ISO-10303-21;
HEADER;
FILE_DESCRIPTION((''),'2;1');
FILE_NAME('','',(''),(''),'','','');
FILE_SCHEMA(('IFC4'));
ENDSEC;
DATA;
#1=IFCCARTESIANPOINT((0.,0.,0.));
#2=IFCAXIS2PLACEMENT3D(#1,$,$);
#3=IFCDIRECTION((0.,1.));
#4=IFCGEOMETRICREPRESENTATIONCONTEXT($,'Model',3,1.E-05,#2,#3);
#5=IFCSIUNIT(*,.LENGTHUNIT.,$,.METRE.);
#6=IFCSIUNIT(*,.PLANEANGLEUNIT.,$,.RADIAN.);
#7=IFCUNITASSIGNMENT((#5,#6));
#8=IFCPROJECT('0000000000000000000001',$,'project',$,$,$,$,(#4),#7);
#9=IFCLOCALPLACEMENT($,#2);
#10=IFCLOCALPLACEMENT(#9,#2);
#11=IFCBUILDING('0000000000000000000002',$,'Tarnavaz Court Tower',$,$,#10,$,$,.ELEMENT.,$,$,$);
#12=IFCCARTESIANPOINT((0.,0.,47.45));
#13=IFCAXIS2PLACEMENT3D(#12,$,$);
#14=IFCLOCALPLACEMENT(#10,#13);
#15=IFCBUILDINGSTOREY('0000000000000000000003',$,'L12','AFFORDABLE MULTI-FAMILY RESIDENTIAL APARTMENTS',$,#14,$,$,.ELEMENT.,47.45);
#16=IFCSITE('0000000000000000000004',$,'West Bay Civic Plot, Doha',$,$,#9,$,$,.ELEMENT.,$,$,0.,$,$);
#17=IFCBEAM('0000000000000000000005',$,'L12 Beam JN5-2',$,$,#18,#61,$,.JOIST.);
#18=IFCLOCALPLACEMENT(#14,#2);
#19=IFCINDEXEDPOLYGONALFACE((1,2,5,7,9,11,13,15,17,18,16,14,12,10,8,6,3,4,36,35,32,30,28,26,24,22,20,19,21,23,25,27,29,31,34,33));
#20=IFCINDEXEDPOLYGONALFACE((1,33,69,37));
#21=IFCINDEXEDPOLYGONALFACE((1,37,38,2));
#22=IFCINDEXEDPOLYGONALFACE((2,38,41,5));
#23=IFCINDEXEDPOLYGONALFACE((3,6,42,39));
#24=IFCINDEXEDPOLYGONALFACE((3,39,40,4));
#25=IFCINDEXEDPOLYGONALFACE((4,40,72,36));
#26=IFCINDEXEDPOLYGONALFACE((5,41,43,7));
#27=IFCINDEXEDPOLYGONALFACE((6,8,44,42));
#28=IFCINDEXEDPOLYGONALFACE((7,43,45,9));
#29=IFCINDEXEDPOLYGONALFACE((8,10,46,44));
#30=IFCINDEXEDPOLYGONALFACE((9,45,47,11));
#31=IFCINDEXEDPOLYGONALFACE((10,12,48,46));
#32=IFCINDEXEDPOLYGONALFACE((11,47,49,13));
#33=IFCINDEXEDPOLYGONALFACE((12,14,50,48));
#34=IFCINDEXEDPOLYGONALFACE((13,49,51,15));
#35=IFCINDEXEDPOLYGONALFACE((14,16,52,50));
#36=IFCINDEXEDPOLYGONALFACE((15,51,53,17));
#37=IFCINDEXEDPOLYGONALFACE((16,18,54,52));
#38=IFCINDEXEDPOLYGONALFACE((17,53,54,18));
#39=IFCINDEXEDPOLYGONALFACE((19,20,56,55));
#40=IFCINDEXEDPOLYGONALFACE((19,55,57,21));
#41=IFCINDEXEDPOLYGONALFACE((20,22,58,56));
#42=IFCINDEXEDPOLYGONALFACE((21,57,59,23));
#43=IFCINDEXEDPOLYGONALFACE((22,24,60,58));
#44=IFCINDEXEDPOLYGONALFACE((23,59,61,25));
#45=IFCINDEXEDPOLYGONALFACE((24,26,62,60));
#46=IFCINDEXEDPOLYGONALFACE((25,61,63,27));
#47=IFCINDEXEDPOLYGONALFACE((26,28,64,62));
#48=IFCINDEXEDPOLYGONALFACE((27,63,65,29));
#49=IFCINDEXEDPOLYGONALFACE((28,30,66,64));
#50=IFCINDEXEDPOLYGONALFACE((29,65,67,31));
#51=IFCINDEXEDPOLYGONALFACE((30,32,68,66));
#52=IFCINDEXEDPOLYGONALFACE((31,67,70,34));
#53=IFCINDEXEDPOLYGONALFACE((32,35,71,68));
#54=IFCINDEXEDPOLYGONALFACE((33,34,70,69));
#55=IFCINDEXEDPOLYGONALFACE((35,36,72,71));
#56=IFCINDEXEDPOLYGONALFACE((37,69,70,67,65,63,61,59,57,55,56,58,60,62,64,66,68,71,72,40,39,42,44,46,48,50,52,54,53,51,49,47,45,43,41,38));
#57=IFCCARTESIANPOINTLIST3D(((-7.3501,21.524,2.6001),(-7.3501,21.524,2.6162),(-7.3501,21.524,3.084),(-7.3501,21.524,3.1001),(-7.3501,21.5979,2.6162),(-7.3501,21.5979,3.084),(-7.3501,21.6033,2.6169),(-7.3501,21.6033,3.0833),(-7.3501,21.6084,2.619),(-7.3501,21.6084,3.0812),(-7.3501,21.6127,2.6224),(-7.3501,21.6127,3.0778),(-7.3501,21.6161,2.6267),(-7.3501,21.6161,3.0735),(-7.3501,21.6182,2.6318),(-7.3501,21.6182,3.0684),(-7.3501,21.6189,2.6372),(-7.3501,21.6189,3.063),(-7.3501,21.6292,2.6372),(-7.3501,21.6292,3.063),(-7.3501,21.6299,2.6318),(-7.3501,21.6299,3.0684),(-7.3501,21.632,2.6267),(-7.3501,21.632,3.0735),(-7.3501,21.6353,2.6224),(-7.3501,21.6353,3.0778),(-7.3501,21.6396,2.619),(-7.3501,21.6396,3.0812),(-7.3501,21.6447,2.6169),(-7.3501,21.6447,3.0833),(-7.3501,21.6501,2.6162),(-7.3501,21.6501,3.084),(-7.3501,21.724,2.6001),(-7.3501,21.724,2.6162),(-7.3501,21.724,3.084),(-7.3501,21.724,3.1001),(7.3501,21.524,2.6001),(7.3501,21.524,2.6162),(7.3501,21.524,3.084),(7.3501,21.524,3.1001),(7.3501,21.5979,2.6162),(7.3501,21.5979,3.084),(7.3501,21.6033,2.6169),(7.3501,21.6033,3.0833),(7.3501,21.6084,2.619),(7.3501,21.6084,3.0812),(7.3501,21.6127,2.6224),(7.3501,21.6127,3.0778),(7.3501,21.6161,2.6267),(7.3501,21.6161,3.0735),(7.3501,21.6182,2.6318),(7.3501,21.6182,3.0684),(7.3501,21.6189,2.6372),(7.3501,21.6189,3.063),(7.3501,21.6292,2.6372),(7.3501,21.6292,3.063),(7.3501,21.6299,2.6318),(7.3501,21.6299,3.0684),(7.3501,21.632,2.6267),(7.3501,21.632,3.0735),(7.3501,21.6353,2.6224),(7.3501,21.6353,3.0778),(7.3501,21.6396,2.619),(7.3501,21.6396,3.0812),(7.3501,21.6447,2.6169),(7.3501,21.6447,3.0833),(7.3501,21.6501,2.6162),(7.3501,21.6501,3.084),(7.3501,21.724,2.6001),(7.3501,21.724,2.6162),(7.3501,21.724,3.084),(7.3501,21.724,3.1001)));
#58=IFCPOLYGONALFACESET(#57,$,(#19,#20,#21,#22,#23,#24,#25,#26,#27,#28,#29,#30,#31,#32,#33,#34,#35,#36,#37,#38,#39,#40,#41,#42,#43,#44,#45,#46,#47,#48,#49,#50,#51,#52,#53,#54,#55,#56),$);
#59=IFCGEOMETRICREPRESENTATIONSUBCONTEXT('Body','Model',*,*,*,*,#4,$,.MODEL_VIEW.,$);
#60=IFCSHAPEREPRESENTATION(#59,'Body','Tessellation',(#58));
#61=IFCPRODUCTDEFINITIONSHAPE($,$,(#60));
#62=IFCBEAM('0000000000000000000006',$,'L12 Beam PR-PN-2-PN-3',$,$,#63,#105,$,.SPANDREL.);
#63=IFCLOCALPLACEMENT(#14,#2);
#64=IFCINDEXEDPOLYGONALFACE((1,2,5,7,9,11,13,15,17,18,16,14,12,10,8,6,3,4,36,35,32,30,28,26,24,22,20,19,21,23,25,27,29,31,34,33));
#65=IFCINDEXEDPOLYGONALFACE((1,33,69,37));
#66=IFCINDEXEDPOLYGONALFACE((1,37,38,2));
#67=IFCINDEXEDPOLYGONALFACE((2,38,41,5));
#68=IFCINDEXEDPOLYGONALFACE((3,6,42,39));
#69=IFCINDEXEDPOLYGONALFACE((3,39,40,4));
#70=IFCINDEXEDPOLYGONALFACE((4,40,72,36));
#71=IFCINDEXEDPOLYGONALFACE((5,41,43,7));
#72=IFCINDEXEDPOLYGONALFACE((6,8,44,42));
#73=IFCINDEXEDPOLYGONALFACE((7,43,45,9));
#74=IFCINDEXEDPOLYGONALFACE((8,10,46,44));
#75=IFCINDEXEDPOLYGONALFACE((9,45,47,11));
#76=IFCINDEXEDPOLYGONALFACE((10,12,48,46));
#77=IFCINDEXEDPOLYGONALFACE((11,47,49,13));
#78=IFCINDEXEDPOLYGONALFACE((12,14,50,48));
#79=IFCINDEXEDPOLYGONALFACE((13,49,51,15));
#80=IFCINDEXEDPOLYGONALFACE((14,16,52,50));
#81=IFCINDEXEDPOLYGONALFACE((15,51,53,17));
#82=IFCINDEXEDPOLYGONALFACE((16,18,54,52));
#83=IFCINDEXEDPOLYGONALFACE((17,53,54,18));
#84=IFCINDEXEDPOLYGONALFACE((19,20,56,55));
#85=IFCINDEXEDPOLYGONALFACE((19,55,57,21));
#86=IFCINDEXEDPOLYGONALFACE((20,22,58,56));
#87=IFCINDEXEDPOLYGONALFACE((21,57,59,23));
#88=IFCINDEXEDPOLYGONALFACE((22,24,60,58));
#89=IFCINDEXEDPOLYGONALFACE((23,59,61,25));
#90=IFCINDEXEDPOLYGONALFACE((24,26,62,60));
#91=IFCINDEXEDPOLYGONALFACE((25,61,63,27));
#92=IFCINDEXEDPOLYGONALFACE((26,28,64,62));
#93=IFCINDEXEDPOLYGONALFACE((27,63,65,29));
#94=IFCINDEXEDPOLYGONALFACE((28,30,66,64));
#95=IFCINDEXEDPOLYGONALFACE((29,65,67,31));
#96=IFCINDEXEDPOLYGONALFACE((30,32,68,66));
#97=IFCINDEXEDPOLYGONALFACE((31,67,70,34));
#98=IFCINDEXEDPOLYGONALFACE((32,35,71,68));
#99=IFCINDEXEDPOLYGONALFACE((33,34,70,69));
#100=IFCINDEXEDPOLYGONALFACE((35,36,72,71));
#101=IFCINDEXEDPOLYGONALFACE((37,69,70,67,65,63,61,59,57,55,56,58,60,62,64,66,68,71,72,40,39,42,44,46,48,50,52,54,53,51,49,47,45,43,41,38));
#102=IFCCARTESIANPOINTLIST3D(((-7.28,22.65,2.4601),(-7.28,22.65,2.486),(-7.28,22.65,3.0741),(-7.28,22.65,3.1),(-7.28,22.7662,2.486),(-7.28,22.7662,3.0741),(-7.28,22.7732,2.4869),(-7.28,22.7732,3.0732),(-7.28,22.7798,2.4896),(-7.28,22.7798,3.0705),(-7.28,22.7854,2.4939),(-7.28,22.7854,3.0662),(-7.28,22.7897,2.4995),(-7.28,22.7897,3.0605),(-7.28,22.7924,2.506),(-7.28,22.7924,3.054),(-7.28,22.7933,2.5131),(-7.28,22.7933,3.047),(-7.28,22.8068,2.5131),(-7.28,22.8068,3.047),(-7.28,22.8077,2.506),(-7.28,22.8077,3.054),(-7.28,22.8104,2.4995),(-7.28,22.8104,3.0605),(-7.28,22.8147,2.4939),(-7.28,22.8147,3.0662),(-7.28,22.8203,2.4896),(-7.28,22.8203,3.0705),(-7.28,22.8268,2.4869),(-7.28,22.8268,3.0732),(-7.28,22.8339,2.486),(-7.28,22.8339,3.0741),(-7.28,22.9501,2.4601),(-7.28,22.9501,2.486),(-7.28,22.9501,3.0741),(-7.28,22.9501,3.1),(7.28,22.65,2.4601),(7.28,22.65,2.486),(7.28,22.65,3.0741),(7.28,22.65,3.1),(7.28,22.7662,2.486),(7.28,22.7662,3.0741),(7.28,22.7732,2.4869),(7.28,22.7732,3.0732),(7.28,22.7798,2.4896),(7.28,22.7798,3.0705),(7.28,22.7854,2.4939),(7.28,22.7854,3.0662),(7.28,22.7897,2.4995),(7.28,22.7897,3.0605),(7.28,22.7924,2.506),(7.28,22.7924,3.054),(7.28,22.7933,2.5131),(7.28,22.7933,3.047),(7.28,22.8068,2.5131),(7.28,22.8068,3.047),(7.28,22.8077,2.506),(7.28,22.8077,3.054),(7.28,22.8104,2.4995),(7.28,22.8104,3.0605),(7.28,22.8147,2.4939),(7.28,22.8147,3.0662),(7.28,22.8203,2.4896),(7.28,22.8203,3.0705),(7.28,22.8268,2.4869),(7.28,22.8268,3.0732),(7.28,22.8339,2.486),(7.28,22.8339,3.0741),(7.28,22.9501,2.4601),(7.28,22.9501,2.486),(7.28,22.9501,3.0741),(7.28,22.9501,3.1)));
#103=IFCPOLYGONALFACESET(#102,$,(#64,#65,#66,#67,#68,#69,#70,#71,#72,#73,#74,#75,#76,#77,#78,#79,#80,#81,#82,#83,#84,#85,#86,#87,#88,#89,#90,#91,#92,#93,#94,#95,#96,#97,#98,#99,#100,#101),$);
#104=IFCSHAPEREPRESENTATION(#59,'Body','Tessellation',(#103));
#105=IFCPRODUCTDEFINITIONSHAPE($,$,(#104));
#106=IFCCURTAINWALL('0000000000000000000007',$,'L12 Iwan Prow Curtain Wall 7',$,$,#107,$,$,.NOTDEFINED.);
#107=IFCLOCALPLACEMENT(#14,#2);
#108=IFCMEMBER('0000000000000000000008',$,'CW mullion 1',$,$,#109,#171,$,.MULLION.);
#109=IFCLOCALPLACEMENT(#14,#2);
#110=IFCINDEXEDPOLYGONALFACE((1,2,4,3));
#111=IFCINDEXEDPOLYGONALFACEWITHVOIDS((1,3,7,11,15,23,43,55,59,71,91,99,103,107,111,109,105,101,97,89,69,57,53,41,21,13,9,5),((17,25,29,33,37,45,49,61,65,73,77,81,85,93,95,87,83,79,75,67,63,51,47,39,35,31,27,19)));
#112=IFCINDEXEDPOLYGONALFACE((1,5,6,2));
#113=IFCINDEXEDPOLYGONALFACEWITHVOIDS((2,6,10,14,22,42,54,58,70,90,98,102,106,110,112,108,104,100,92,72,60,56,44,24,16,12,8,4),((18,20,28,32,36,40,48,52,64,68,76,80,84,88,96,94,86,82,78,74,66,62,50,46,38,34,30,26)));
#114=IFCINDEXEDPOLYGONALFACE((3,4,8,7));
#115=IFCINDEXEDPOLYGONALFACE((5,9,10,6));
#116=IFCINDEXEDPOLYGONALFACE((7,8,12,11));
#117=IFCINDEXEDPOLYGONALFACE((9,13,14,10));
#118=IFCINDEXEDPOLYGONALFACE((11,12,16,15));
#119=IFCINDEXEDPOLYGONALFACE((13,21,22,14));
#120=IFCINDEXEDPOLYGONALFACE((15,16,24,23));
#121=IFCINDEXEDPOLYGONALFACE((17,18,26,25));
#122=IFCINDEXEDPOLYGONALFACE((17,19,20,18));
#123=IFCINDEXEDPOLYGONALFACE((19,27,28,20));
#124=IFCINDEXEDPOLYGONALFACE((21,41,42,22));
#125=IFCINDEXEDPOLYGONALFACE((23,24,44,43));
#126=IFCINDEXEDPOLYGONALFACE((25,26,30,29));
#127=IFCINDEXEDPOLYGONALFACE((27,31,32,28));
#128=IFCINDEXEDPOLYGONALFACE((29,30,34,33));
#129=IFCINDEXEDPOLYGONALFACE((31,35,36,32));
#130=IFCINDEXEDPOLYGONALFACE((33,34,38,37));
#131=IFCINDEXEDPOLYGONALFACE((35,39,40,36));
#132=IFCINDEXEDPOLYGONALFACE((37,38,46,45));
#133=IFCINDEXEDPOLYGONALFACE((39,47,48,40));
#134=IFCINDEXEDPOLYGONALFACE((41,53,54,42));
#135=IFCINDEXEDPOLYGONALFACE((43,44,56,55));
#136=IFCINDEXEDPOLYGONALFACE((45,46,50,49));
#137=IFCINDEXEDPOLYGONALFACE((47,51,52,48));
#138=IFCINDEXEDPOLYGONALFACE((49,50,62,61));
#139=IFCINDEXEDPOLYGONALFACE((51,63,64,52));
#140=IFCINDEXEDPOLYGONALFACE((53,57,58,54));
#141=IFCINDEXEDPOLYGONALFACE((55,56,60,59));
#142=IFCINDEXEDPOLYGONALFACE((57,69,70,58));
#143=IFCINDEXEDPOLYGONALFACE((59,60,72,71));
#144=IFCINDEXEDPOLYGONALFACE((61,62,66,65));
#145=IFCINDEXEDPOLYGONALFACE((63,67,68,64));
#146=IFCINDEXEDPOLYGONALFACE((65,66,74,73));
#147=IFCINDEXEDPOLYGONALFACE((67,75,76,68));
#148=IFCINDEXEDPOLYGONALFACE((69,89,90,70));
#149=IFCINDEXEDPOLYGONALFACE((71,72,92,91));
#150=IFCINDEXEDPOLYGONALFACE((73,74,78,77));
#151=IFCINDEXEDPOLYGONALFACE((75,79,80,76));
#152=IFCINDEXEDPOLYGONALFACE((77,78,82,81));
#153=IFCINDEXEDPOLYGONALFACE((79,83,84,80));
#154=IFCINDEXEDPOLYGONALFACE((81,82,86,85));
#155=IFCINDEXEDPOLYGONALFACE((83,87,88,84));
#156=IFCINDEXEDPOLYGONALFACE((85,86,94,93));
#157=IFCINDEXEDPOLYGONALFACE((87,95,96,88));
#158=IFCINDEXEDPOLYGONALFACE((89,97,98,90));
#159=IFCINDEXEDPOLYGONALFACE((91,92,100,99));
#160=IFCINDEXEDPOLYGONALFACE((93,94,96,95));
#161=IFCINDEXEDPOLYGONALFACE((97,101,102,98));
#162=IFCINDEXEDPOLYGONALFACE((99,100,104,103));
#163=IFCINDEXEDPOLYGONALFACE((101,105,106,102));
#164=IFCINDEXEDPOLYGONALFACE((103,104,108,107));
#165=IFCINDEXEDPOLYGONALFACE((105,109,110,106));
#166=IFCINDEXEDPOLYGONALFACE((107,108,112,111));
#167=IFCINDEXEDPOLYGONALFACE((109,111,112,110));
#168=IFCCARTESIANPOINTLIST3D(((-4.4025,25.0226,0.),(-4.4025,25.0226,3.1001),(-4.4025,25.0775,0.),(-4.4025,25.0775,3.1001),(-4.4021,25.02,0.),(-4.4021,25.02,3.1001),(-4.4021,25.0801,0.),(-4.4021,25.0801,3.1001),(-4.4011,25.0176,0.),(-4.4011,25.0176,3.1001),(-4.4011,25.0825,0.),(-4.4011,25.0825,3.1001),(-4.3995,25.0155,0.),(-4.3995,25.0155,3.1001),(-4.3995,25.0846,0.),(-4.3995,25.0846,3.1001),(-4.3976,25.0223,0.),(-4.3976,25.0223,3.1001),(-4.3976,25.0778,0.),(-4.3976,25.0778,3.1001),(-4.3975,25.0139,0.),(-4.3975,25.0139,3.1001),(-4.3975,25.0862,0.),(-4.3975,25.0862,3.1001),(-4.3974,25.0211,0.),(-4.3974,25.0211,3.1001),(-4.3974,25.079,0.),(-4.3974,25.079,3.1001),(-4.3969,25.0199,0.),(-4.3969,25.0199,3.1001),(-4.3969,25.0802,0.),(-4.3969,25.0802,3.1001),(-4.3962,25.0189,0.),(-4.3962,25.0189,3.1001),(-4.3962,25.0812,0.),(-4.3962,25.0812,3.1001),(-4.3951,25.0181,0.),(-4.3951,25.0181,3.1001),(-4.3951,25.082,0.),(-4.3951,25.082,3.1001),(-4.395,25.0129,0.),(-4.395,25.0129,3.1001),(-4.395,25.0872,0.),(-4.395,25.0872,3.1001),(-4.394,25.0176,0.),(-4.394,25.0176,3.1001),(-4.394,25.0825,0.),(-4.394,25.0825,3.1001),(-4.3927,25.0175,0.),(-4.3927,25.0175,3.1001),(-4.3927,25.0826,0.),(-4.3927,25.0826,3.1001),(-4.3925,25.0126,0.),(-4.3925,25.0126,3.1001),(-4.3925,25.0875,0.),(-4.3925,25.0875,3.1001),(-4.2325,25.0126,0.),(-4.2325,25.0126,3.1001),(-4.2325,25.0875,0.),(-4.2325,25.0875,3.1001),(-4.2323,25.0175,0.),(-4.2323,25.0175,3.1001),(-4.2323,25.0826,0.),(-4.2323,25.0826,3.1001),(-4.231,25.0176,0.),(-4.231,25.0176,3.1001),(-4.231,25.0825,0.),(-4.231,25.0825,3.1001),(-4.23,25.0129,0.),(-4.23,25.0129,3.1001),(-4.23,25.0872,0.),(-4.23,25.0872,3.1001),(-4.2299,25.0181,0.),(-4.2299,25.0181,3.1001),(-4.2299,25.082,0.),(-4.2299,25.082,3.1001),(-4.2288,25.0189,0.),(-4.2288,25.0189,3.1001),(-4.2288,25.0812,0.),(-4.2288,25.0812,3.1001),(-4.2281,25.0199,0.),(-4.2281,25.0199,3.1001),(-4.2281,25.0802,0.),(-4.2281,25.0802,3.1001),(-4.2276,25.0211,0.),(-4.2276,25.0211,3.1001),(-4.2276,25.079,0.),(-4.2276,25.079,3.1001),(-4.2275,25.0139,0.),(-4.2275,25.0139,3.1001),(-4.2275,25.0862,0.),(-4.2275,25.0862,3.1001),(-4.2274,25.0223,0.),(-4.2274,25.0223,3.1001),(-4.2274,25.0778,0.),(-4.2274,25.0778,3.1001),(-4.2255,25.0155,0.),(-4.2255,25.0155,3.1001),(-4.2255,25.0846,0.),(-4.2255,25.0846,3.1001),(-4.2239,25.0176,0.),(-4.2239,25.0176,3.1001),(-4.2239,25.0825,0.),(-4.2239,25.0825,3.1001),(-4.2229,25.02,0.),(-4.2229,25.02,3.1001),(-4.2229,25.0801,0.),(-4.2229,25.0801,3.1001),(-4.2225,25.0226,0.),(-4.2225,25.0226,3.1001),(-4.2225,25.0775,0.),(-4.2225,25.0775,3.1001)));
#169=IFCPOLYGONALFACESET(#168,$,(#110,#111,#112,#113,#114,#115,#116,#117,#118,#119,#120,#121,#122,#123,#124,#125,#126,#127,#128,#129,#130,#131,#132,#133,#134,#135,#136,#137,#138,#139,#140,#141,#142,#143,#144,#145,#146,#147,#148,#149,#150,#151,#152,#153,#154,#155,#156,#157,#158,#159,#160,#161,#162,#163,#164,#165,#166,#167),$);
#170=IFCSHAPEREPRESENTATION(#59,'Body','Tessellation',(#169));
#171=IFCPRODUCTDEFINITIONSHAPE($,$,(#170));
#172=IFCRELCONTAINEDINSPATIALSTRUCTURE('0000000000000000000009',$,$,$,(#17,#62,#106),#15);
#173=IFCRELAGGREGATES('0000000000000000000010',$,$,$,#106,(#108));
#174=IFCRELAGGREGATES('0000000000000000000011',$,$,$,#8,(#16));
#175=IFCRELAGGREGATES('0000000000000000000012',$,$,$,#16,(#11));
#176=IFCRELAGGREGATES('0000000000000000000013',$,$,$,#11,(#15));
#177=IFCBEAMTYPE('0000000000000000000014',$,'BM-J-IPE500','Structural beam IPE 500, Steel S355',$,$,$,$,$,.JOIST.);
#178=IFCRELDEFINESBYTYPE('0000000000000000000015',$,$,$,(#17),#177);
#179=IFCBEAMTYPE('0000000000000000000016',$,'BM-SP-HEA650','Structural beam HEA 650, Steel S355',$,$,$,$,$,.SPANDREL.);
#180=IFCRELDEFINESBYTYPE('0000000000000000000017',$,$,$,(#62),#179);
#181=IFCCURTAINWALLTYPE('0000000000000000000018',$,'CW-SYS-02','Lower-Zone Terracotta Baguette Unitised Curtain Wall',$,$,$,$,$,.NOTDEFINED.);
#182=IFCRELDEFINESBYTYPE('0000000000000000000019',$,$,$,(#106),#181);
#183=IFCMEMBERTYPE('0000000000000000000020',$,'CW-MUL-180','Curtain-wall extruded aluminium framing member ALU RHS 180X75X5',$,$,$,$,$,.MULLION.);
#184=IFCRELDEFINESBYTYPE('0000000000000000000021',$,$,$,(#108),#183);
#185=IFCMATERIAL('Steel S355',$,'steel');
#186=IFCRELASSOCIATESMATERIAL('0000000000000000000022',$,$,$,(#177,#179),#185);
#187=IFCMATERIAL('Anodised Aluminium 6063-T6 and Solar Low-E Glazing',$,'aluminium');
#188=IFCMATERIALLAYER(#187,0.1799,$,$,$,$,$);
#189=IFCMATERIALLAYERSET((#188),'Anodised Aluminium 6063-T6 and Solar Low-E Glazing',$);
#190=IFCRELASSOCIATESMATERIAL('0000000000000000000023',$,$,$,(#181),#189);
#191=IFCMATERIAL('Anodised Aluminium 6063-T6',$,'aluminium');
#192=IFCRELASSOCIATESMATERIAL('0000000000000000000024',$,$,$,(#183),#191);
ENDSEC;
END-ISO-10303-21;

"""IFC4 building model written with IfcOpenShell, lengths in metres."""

from ifc_helpers import new_model, si_unit, direction, frame, origin, origin_2d, place, context, subcontext, project, spatial, hollow_rectangle, i_section, extrude, material, layer, layer_set, material_profile, profile_set, type_object, element, aggregate, save


model = new_model("IFC4")

# Units and contexts
model_context = context("Model", 3, precision=1e-05, world=origin(), true_north=direction((0.0, 1.0)))
body_context = subcontext(model_context, "Body", "Model", "MODEL_VIEW")
ifc_project = project(units=[si_unit("LENGTHUNIT", "METRE"), si_unit("PLANEANGLEUNIT", "RADIAN")], contexts=[model_context])

# Site, building, storey
site_placement = place(None, origin())
site = spatial("IfcSite", under=ifc_project, at=site_placement, Name="West Bay Civic Plot, Doha", CompositionType="ELEMENT", RefElevation=0.0)
building_placement = place(site_placement, origin())
building = spatial("IfcBuilding", under=site, at=building_placement, Name="Tarnavaz Court Tower", CompositionType="ELEMENT")
storey_placement = place(building_placement, frame((0.0, 0.0, 47.45)))
storey = spatial("IfcBuildingStorey", under=building, at=storey_placement, Name="L12", Description="AFFORDABLE MULTI-FAMILY RESIDENTIAL APARTMENTS", CompositionType="ELEMENT", Elevation=47.45)

# Beams
ifc_material_1 = material(Name="Steel S355", Category="steel")
ifc_material_profile_1 = material_profile(ifc_material_1, i_section(OverallWidth=0.2, OverallDepth=0.5, WebThickness=0.0103, FlangeThickness=0.0161, FilletRadius=0.021, at=origin_2d()), Name="IPE 500")
ifc_profile_set_1 = profile_set([ifc_material_profile_1], Name="Steel S355")
beam_type_1 = type_object("IfcBeamType", Name="BM-J-IPE500", Description="Structural beam IPE 500, Steel S355", PredefinedType="JOIST", material=ifc_profile_set_1)
for number, where, z_axis, x_axis, name in (
    (1, (-7.3501, 21.624, 2.8501), (1.0, 0.0, 0.0), (0.0, 1.0, 0.0), "L12 Beam JN5-2"),
):
    element("IfcBeam", number, at=place(storey_placement, frame(where, z_axis=z_axis, x_axis=x_axis)), inside=storey, type_object=beam_type_1, Name=name, PredefinedType="JOIST", context=body_context, shape_type="SweptSolid", body=[
        extrude(i_section(OverallWidth=0.2, OverallDepth=0.5, WebThickness=0.0103, FlangeThickness=0.0161, FilletRadius=0.021, at=origin_2d()), origin(), (0.0, 0.0, 1.0), 14.7002),
    ])
ifc_material_profile_2 = material_profile(ifc_material_1, i_section(OverallWidth=0.3, OverallDepth=0.6399, WebThickness=0.0134, FlangeThickness=0.0259, FilletRadius=0.0271, at=origin_2d()), Name="HEA 650")
ifc_profile_set_2 = profile_set([ifc_material_profile_2], Name="Steel S355")
beam_type_2 = type_object("IfcBeamType", Name="BM-SP-HEA650", Description="Structural beam HEA 650, Steel S355", PredefinedType="SPANDREL", material=ifc_profile_set_2)
beam_placement = place(storey_placement, frame((-7.28, 22.8, 2.78), z_axis=(1.0, 0.0, 0.0), x_axis=(0.0, 1.0, 0.0)))
element("IfcBeam", 2, at=beam_placement, inside=storey, type_object=beam_type_2, Name="L12 Beam PR-PN-2-PN-3", PredefinedType="SPANDREL", context=body_context, shape_type="SweptSolid", body=[
    extrude(i_section(OverallWidth=0.3, OverallDepth=0.6399, WebThickness=0.0134, FlangeThickness=0.0259, FilletRadius=0.0271, at=origin_2d()), origin(), (0.0, 0.0, 1.0), 14.5601),
])

# Curtain wall, member
ifc_material_2 = material(Name="Anodised Aluminium 6063-T6 and Solar Low-E Glazing", Category="aluminium")
ifc_layer_1 = layer(ifc_material_2, 0.1799)
ifc_layer_set_1 = layer_set([ifc_layer_1], Name="Anodised Aluminium 6063-T6 and Solar Low-E Glazing")
curtain_wall_type = type_object("IfcCurtainWallType", Name="CW-SYS-02", Description="Lower-Zone Terracotta Baguette Unitised Curtain Wall", PredefinedType="NOTDEFINED", material=ifc_layer_set_1)
curtain_wall_placement = place(storey_placement, origin())
curtain_wall = element("IfcCurtainWall", 3, at=curtain_wall_placement, inside=storey, type_object=curtain_wall_type, Name="L12 Iwan Prow Curtain Wall 7", PredefinedType="NOTDEFINED")
ifc_material_3 = material(Name="Anodised Aluminium 6063-T6", Category="aluminium")
ifc_material_profile_3 = material_profile(ifc_material_3, hollow_rectangle(XDim=0.075, YDim=0.1799, WallThickness=0.0049, InnerFilletRadius=0.0049, OuterFilletRadius=0.01, at=origin_2d()), Name="ALU RHS 180X75X5")
ifc_profile_set_3 = profile_set([ifc_material_profile_3], Name="Anodised Aluminium 6063-T6")
member_type_1 = type_object("IfcMemberType", Name="CW-MUL-180", Description="Curtain-wall extruded aluminium framing member ALU RHS 180X75X5", PredefinedType="MULLION", material=ifc_profile_set_3)
member_1_placement = place(storey_placement, frame((-4.3125, 25.05, 0.0), z_axis=(0.0, 0.0, 1.0), x_axis=(0.0, 1.0, 0.0)))
member_1 = element("IfcMember", 4, at=member_1_placement, type_object=member_type_1, Name="CW mullion 1", PredefinedType="MULLION", context=body_context, shape_type="SweptSolid", body=[
    extrude(hollow_rectangle(XDim=0.075, YDim=0.1799, WallThickness=0.0049, InnerFilletRadius=0.0049, OuterFilletRadius=0.01, at=origin_2d()), origin(), (0.0, 0.0, 1.0), 3.1001),
])
aggregate(curtain_wall, [member_1])

save(model, "model.ifc")
